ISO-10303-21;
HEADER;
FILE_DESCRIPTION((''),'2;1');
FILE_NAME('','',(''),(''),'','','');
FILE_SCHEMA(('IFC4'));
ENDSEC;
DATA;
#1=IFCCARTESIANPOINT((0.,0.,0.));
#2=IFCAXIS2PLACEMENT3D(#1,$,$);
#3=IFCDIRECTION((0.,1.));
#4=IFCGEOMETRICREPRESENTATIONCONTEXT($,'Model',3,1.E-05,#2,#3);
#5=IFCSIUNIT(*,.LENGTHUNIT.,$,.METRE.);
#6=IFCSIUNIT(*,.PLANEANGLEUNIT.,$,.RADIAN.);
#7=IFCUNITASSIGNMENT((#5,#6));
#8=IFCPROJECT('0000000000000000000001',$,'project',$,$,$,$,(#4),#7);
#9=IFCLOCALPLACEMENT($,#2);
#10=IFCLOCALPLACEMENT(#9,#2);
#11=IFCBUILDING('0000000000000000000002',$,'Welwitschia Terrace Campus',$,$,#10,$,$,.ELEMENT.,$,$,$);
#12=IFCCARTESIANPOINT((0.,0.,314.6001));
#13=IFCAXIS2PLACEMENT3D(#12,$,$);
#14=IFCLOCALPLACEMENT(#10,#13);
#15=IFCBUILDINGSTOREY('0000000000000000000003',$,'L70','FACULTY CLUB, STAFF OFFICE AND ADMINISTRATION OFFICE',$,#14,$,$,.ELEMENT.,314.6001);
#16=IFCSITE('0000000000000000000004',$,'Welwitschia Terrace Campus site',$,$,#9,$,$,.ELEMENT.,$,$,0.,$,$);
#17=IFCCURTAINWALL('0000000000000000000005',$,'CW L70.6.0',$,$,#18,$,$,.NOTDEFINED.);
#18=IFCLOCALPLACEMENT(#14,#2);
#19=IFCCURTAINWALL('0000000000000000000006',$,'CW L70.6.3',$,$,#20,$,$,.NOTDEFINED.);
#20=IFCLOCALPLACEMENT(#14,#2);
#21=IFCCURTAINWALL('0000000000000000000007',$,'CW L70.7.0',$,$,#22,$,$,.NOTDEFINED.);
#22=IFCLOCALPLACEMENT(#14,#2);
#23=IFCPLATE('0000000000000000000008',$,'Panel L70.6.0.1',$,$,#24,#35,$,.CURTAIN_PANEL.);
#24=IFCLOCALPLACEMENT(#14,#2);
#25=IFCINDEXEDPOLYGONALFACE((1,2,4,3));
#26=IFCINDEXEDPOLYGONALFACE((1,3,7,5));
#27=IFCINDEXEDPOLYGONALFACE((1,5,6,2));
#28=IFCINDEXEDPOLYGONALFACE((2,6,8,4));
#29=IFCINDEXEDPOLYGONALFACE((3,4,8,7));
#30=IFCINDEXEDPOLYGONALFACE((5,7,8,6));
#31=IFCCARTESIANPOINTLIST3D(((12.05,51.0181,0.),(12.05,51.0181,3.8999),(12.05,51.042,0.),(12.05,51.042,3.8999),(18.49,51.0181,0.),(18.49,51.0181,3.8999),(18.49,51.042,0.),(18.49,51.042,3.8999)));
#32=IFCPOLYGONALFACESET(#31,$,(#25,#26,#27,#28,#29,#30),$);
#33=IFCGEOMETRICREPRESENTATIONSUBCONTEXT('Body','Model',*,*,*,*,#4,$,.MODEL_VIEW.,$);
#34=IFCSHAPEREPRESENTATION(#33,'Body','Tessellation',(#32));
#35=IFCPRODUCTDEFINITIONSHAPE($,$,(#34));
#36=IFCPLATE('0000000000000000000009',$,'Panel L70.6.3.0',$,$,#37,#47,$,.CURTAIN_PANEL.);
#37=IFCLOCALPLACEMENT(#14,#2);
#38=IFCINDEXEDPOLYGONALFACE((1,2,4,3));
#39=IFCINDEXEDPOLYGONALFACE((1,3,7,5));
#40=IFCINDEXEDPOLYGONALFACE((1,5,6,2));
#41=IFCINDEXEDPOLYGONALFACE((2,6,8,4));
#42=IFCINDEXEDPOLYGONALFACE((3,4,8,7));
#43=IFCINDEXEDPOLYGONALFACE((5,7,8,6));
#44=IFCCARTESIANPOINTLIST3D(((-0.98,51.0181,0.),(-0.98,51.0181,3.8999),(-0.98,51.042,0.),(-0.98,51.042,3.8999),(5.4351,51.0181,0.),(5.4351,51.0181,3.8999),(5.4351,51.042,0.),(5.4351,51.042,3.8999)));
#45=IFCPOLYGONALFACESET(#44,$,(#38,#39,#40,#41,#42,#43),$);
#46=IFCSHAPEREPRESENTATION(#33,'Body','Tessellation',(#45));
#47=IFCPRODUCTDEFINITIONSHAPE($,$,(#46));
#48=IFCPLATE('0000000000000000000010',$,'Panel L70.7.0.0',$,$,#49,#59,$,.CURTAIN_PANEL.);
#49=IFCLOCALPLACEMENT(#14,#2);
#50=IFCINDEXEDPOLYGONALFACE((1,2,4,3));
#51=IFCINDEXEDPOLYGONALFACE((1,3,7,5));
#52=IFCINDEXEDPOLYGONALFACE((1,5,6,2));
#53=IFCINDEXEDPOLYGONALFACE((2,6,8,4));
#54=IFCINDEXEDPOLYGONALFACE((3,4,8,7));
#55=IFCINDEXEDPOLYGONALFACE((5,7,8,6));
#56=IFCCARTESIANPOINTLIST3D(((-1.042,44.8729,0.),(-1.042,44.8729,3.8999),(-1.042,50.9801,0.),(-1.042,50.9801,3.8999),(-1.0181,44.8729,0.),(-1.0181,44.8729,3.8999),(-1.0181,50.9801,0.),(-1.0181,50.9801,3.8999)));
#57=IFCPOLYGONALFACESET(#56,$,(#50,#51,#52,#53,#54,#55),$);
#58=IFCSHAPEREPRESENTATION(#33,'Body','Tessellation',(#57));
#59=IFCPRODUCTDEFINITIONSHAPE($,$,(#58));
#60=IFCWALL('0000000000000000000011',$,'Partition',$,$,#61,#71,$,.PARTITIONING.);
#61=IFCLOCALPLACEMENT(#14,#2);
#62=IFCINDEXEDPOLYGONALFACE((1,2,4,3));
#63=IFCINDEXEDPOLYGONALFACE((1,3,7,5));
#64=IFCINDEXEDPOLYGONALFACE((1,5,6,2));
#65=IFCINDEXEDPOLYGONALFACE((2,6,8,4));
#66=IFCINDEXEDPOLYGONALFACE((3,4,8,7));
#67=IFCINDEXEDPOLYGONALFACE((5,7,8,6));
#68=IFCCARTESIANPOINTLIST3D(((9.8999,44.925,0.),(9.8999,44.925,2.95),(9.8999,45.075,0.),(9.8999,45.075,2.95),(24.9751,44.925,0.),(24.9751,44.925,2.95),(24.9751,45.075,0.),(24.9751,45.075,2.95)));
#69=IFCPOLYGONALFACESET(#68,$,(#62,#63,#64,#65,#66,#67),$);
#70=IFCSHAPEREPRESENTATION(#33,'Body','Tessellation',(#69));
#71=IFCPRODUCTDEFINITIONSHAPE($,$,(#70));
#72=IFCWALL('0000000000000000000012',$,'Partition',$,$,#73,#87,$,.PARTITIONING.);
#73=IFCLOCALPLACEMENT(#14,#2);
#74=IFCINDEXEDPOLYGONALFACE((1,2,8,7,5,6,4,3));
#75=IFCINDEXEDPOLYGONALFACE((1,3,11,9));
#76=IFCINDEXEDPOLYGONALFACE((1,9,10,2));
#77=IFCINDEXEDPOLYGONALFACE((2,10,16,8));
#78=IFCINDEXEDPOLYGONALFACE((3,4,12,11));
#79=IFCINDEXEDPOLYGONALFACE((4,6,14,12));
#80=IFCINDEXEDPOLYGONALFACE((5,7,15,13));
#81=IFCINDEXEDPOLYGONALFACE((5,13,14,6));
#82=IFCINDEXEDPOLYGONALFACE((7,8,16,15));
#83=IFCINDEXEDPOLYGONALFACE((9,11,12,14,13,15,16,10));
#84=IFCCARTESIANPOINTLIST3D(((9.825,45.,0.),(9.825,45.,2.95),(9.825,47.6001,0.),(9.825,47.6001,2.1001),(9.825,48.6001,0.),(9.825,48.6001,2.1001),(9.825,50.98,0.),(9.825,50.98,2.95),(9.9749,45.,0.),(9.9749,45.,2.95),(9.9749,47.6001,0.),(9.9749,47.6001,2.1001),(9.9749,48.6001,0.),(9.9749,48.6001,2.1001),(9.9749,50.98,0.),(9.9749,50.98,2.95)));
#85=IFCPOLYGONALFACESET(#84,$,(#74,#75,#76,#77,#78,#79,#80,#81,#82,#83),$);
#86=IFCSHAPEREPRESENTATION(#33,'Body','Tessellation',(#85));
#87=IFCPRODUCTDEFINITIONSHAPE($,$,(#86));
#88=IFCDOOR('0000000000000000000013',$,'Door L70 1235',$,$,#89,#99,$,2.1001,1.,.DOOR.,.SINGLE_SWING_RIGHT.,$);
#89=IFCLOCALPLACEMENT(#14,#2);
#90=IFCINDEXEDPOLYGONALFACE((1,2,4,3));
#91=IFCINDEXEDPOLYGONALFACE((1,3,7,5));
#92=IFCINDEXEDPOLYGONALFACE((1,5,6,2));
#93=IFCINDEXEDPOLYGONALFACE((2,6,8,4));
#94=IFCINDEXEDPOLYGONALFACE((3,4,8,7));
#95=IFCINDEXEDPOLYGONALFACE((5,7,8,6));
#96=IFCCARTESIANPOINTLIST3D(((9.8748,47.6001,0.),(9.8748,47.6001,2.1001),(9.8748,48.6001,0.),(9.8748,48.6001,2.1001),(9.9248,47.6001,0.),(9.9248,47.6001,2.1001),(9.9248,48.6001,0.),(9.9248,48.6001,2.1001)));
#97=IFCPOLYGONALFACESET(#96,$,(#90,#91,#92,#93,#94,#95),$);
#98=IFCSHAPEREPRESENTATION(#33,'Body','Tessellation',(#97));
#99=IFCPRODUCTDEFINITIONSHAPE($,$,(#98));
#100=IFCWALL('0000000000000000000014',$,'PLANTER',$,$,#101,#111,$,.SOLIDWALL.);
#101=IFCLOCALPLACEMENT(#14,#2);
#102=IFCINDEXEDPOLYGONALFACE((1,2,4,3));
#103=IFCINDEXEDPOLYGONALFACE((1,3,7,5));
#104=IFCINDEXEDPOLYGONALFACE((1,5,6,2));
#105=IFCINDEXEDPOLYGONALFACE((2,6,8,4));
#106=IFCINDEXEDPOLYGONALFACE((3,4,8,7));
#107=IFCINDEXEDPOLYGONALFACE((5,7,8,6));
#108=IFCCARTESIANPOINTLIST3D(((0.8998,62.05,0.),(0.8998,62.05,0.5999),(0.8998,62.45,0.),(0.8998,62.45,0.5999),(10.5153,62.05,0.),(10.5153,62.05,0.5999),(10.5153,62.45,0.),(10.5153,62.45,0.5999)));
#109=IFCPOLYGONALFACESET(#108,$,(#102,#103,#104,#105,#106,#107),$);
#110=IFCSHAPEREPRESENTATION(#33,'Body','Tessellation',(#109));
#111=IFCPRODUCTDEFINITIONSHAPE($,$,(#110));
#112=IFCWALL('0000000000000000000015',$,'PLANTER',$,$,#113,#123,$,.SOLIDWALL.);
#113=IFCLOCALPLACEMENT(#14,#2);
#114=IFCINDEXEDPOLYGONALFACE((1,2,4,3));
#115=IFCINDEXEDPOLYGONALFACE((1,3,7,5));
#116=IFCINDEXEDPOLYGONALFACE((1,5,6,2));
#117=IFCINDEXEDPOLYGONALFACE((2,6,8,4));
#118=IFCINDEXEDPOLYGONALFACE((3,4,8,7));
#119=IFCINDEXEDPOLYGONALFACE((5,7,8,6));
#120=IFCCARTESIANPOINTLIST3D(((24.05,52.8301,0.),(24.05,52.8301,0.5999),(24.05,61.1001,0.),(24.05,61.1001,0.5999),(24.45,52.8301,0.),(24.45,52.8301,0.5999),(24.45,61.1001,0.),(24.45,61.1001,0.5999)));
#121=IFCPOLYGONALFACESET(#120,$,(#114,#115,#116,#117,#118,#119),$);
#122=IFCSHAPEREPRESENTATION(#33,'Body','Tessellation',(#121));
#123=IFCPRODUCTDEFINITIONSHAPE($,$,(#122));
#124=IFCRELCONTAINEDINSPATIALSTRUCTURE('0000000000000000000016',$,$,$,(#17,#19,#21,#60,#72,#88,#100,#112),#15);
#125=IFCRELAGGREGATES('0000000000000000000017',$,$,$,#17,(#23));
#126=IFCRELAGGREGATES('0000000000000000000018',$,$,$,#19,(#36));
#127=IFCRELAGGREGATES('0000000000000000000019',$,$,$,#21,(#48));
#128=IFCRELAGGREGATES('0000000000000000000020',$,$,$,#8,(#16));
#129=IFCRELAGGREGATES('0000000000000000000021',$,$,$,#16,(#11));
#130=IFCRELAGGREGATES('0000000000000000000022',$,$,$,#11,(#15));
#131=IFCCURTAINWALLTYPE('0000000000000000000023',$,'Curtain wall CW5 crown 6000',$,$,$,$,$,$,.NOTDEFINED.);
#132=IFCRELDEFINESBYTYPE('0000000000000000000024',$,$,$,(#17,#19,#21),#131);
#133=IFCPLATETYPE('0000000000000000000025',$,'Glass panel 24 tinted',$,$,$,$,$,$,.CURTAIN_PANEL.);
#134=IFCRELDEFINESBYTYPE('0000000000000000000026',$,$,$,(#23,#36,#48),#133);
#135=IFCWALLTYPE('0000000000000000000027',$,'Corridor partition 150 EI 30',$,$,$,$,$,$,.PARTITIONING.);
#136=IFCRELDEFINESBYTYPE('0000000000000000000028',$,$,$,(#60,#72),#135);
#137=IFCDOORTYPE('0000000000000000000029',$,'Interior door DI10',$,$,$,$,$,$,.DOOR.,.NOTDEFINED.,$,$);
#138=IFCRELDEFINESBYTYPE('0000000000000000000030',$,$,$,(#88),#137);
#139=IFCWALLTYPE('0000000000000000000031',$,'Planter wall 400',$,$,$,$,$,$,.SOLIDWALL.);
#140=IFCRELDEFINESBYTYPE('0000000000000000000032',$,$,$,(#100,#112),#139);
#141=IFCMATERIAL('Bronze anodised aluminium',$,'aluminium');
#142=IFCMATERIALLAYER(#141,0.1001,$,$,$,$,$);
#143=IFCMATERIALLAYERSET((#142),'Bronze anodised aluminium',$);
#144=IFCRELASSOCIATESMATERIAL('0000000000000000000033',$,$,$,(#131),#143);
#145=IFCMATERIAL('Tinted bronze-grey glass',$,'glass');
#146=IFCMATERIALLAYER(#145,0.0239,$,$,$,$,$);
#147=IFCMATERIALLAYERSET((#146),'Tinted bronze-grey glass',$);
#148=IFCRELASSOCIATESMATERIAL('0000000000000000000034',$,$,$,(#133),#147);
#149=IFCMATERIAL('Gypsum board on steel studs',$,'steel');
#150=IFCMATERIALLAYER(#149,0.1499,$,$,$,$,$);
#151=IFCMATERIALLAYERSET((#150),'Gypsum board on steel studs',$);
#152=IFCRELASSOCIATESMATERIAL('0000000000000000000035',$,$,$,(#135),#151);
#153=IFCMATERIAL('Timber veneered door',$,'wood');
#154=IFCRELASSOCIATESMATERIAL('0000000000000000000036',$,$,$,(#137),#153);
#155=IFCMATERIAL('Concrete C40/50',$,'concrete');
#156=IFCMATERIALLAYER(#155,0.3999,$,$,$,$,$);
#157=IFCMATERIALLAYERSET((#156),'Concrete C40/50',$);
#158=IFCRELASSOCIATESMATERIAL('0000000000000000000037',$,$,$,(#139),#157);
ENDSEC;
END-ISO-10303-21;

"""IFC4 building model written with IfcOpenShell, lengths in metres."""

from ifc_helpers import new_model, si_unit, direction, frame, frame_2d, origin, origin_2d, place, context, subcontext, project, spatial, rectangle, extrude, material, layer, layer_set, type_object, element, fill, aggregate, save


model = new_model("IFC4")

# Units and contexts
model_context = context("Model", 3, precision=1e-05, world=origin(), true_north=direction((0.0, 1.0)))
body_context = subcontext(model_context, "Body", "Model", "MODEL_VIEW")
ifc_project = project(units=[si_unit("LENGTHUNIT", "METRE"), si_unit("PLANEANGLEUNIT", "RADIAN")], contexts=[model_context])

# Site, building, storey
site_placement = place(None, origin())
site = spatial("IfcSite", under=ifc_project, at=site_placement, Name="Welwitschia Terrace Campus site", CompositionType="ELEMENT", RefElevation=0.0)
building_placement = place(site_placement, origin())
building = spatial("IfcBuilding", under=site, at=building_placement, Name="Welwitschia Terrace Campus", CompositionType="ELEMENT")
storey_placement = place(building_placement, frame((0.0, 0.0, 314.6001)))
storey = spatial("IfcBuildingStorey", under=building, at=storey_placement, Name="L70", Description="FACULTY CLUB, STAFF OFFICE AND ADMINISTRATION OFFICE", CompositionType="ELEMENT", Elevation=314.6001)

# Curtain walls
ifc_material_1 = material(Name="Bronze anodised aluminium", Category="aluminium")
ifc_layer_1 = layer(ifc_material_1, 0.1001)
ifc_layer_set_1 = layer_set([ifc_layer_1], Name="Bronze anodised aluminium")
curtain_wall_type = type_object("IfcCurtainWallType", Name="Curtain wall CW5 crown 6000", PredefinedType="NOTDEFINED", material=ifc_layer_set_1)
curtain_wall_1_placement = place(storey_placement, origin())
curtain_wall_1 = element("IfcCurtainWall", 1, at=curtain_wall_1_placement, inside=storey, type_object=curtain_wall_type, Name="CW L70.6.0", PredefinedType="NOTDEFINED")
curtain_wall_2_placement = place(storey_placement, origin())
curtain_wall_2 = element("IfcCurtainWall", 2, at=curtain_wall_2_placement, inside=storey, type_object=curtain_wall_type, Name="CW L70.6.3", PredefinedType="NOTDEFINED")

# Curtain wall
curtain_wall_3_placement = place(storey_placement, origin())
curtain_wall_3 = element("IfcCurtainWall", 3, at=curtain_wall_3_placement, inside=storey, type_object=curtain_wall_type, Name="CW L70.7.0", PredefinedType="NOTDEFINED")

# Plates
ifc_material_2 = material(Name="Tinted bronze-grey glass", Category="glass")
ifc_layer_2 = layer(ifc_material_2, 0.0239)
ifc_layer_set_2 = layer_set([ifc_layer_2], Name="Tinted bronze-grey glass")
plate_type = type_object("IfcPlateType", Name="Glass panel 24 tinted", PredefinedType="CURTAIN_PANEL", material=ifc_layer_set_2)
plate_1_placement = place(storey_placement, frame((15.27, 51.03, 0.0), z_axis=(0.0, 0.0, 1.0), x_axis=(-1.0, 0.0, 0.0)))
plate_1 = element("IfcPlate", 4, at=plate_1_placement, type_object=plate_type, Name="Panel L70.6.0.1", PredefinedType="CURTAIN_PANEL", context=body_context, shape_type="SweptSolid", body=[
    extrude(rectangle(XDim=6.4399, YDim=0.0239, at=origin_2d()), origin(), (0.0, 0.0, 1.0), 3.8999),
])
aggregate(curtain_wall_1, [plate_1])
plate_2_placement = place(storey_placement, frame((2.2275, 51.03, 0.0), z_axis=(0.0, 0.0, 1.0), x_axis=(-1.0, 0.0, 0.0)))
plate_2 = element("IfcPlate", 5, at=plate_2_placement, type_object=plate_type, Name="Panel L70.6.3.0", PredefinedType="CURTAIN_PANEL", context=body_context, shape_type="SweptSolid", body=[
    extrude(rectangle(XDim=6.415, YDim=0.0239, at=origin_2d()), origin(), (0.0, 0.0, 1.0), 3.8999),
])
aggregate(curtain_wall_2, [plate_2])
plate_3_placement = place(storey_placement, frame((-1.03, 47.9265, 0.0), z_axis=(0.0, 0.0, 1.0), x_axis=(0.0, -1.0, 0.0)))
plate_3 = element("IfcPlate", 6, at=plate_3_placement, type_object=plate_type, Name="Panel L70.7.0.0", PredefinedType="CURTAIN_PANEL", context=body_context, shape_type="SweptSolid", body=[
    extrude(rectangle(XDim=6.1072, YDim=0.0239, at=origin_2d()), origin(), (0.0, 0.0, 1.0), 3.8999),
])
aggregate(curtain_wall_3, [plate_3])

# Wall
ifc_material_3 = material(Name="Gypsum board on steel studs", Category="steel")
ifc_layer_3 = layer(ifc_material_3, 0.1499)
ifc_layer_set_3 = layer_set([ifc_layer_3], Name="Gypsum board on steel studs")
wall_type_1 = type_object("IfcWallType", Name="Corridor partition 150 EI 30", PredefinedType="PARTITIONING", material=ifc_layer_set_3)
wall_1_placement = place(storey_placement, frame((9.8999, 45.0, 0.0), z_axis=(0.0, 0.0, 1.0), x_axis=(1.0, 0.0, 0.0)))
element("IfcWall", 7, at=wall_1_placement, inside=storey, type_object=wall_type_1, Name="Partition", PredefinedType="PARTITIONING", context=body_context, shape_type="SweptSolid", body=[
    extrude(rectangle(XDim=15.0752, YDim=0.1499, at=frame_2d((7.5376, 0.0))), origin(), (0.0, 0.0, 1.0), 2.95),
])

# Wall, opening, door
wall_2_placement = place(storey_placement, frame((9.8999, 50.98, 0.0), z_axis=(0.0, 0.0, 1.0), x_axis=(0.0, -1.0, 0.0)))
wall_2 = element("IfcWall", 8, at=wall_2_placement, inside=storey, type_object=wall_type_1, Name="Partition", PredefinedType="PARTITIONING", context=body_context, shape_type="SweptSolid", body=[
    extrude(rectangle(XDim=5.98, YDim=0.1499, at=frame_2d((2.99, 0.0))), origin(), (0.0, 0.0, 1.0), 2.95),
])
opening_1_placement = place(wall_2_placement, frame((2.3799, 0.0, 0.0)))
opening_1 = element("IfcOpeningElement", 9, at=opening_1_placement, cuts=wall_2, PredefinedType="OPENING", context=body_context, shape_type="SweptSolid", body=[
    extrude(rectangle(XDim=1.0, YDim=2.1001, at=frame_2d((0.5, 1.05))), frame((0.0, 0.085, 0.0), z_axis=(0.0, -1.0, 0.0), x_axis=(1.0, 0.0, 0.0)), (0.0, 0.0, 1.0), 0.1699),
])
ifc_material_4 = material(Name="Timber veneered door", Category="wood")
door_type_1 = type_object("IfcDoorType", Name="Interior door DI10", OperationType="NOTDEFINED", PredefinedType="DOOR", material=ifc_material_4)
door_1_placement = place(opening_1_placement, origin())
door_1 = element("IfcDoor", 10, at=door_1_placement, inside=storey, type_object=door_type_1, Name="Door L70 1235", OperationType="SINGLE_SWING_RIGHT", OverallHeight=2.1001, OverallWidth=1.0, PredefinedType="DOOR", context=body_context, shape_type="SweptSolid", body=[
    extrude(rectangle(XDim=1.0, YDim=2.1001, at=frame_2d((0.5, 1.05))), frame((0.0, 0.0249, 0.0), z_axis=(0.0, -1.0, 0.0), x_axis=(1.0, 0.0, 0.0)), (0.0, 0.0, 1.0), 0.05),
])
fill(opening_1, door_1)

# Walls
ifc_material_5 = material(Name="Concrete C40/50", Category="concrete")
ifc_layer_4 = layer(ifc_material_5, 0.3999)
ifc_layer_set_4 = layer_set([ifc_layer_4], Name="Concrete C40/50")
wall_type_2 = type_object("IfcWallType", Name="Planter wall 400", PredefinedType="SOLIDWALL", material=ifc_layer_set_4)
wall_3_placement = place(storey_placement, frame((0.8999, 62.25, 0.0), z_axis=(0.0, 0.0, 1.0), x_axis=(1.0, 0.0, 0.0)))
element("IfcWall", 11, at=wall_3_placement, inside=storey, type_object=wall_type_2, Name="PLANTER", PredefinedType="SOLIDWALL", context=body_context, shape_type="SweptSolid", body=[
    extrude(rectangle(XDim=9.6155, YDim=0.3999, at=frame_2d((4.8076, 0.0))), origin(), (0.0, 0.0, 1.0), 0.5999),
])
wall_4_placement = place(storey_placement, frame((24.25, 61.1001, 0.0), z_axis=(0.0, 0.0, 1.0), x_axis=(0.0, -1.0, 0.0)))
element("IfcWall", 12, at=wall_4_placement, inside=storey, type_object=wall_type_2, Name="PLANTER", PredefinedType="SOLIDWALL", context=body_context, shape_type="SweptSolid", body=[
    extrude(rectangle(XDim=8.27, YDim=0.3999, at=frame_2d((4.135, 0.0))), origin(), (0.0, 0.0, 1.0), 0.5999),
])

save(model, "model.ifc")
